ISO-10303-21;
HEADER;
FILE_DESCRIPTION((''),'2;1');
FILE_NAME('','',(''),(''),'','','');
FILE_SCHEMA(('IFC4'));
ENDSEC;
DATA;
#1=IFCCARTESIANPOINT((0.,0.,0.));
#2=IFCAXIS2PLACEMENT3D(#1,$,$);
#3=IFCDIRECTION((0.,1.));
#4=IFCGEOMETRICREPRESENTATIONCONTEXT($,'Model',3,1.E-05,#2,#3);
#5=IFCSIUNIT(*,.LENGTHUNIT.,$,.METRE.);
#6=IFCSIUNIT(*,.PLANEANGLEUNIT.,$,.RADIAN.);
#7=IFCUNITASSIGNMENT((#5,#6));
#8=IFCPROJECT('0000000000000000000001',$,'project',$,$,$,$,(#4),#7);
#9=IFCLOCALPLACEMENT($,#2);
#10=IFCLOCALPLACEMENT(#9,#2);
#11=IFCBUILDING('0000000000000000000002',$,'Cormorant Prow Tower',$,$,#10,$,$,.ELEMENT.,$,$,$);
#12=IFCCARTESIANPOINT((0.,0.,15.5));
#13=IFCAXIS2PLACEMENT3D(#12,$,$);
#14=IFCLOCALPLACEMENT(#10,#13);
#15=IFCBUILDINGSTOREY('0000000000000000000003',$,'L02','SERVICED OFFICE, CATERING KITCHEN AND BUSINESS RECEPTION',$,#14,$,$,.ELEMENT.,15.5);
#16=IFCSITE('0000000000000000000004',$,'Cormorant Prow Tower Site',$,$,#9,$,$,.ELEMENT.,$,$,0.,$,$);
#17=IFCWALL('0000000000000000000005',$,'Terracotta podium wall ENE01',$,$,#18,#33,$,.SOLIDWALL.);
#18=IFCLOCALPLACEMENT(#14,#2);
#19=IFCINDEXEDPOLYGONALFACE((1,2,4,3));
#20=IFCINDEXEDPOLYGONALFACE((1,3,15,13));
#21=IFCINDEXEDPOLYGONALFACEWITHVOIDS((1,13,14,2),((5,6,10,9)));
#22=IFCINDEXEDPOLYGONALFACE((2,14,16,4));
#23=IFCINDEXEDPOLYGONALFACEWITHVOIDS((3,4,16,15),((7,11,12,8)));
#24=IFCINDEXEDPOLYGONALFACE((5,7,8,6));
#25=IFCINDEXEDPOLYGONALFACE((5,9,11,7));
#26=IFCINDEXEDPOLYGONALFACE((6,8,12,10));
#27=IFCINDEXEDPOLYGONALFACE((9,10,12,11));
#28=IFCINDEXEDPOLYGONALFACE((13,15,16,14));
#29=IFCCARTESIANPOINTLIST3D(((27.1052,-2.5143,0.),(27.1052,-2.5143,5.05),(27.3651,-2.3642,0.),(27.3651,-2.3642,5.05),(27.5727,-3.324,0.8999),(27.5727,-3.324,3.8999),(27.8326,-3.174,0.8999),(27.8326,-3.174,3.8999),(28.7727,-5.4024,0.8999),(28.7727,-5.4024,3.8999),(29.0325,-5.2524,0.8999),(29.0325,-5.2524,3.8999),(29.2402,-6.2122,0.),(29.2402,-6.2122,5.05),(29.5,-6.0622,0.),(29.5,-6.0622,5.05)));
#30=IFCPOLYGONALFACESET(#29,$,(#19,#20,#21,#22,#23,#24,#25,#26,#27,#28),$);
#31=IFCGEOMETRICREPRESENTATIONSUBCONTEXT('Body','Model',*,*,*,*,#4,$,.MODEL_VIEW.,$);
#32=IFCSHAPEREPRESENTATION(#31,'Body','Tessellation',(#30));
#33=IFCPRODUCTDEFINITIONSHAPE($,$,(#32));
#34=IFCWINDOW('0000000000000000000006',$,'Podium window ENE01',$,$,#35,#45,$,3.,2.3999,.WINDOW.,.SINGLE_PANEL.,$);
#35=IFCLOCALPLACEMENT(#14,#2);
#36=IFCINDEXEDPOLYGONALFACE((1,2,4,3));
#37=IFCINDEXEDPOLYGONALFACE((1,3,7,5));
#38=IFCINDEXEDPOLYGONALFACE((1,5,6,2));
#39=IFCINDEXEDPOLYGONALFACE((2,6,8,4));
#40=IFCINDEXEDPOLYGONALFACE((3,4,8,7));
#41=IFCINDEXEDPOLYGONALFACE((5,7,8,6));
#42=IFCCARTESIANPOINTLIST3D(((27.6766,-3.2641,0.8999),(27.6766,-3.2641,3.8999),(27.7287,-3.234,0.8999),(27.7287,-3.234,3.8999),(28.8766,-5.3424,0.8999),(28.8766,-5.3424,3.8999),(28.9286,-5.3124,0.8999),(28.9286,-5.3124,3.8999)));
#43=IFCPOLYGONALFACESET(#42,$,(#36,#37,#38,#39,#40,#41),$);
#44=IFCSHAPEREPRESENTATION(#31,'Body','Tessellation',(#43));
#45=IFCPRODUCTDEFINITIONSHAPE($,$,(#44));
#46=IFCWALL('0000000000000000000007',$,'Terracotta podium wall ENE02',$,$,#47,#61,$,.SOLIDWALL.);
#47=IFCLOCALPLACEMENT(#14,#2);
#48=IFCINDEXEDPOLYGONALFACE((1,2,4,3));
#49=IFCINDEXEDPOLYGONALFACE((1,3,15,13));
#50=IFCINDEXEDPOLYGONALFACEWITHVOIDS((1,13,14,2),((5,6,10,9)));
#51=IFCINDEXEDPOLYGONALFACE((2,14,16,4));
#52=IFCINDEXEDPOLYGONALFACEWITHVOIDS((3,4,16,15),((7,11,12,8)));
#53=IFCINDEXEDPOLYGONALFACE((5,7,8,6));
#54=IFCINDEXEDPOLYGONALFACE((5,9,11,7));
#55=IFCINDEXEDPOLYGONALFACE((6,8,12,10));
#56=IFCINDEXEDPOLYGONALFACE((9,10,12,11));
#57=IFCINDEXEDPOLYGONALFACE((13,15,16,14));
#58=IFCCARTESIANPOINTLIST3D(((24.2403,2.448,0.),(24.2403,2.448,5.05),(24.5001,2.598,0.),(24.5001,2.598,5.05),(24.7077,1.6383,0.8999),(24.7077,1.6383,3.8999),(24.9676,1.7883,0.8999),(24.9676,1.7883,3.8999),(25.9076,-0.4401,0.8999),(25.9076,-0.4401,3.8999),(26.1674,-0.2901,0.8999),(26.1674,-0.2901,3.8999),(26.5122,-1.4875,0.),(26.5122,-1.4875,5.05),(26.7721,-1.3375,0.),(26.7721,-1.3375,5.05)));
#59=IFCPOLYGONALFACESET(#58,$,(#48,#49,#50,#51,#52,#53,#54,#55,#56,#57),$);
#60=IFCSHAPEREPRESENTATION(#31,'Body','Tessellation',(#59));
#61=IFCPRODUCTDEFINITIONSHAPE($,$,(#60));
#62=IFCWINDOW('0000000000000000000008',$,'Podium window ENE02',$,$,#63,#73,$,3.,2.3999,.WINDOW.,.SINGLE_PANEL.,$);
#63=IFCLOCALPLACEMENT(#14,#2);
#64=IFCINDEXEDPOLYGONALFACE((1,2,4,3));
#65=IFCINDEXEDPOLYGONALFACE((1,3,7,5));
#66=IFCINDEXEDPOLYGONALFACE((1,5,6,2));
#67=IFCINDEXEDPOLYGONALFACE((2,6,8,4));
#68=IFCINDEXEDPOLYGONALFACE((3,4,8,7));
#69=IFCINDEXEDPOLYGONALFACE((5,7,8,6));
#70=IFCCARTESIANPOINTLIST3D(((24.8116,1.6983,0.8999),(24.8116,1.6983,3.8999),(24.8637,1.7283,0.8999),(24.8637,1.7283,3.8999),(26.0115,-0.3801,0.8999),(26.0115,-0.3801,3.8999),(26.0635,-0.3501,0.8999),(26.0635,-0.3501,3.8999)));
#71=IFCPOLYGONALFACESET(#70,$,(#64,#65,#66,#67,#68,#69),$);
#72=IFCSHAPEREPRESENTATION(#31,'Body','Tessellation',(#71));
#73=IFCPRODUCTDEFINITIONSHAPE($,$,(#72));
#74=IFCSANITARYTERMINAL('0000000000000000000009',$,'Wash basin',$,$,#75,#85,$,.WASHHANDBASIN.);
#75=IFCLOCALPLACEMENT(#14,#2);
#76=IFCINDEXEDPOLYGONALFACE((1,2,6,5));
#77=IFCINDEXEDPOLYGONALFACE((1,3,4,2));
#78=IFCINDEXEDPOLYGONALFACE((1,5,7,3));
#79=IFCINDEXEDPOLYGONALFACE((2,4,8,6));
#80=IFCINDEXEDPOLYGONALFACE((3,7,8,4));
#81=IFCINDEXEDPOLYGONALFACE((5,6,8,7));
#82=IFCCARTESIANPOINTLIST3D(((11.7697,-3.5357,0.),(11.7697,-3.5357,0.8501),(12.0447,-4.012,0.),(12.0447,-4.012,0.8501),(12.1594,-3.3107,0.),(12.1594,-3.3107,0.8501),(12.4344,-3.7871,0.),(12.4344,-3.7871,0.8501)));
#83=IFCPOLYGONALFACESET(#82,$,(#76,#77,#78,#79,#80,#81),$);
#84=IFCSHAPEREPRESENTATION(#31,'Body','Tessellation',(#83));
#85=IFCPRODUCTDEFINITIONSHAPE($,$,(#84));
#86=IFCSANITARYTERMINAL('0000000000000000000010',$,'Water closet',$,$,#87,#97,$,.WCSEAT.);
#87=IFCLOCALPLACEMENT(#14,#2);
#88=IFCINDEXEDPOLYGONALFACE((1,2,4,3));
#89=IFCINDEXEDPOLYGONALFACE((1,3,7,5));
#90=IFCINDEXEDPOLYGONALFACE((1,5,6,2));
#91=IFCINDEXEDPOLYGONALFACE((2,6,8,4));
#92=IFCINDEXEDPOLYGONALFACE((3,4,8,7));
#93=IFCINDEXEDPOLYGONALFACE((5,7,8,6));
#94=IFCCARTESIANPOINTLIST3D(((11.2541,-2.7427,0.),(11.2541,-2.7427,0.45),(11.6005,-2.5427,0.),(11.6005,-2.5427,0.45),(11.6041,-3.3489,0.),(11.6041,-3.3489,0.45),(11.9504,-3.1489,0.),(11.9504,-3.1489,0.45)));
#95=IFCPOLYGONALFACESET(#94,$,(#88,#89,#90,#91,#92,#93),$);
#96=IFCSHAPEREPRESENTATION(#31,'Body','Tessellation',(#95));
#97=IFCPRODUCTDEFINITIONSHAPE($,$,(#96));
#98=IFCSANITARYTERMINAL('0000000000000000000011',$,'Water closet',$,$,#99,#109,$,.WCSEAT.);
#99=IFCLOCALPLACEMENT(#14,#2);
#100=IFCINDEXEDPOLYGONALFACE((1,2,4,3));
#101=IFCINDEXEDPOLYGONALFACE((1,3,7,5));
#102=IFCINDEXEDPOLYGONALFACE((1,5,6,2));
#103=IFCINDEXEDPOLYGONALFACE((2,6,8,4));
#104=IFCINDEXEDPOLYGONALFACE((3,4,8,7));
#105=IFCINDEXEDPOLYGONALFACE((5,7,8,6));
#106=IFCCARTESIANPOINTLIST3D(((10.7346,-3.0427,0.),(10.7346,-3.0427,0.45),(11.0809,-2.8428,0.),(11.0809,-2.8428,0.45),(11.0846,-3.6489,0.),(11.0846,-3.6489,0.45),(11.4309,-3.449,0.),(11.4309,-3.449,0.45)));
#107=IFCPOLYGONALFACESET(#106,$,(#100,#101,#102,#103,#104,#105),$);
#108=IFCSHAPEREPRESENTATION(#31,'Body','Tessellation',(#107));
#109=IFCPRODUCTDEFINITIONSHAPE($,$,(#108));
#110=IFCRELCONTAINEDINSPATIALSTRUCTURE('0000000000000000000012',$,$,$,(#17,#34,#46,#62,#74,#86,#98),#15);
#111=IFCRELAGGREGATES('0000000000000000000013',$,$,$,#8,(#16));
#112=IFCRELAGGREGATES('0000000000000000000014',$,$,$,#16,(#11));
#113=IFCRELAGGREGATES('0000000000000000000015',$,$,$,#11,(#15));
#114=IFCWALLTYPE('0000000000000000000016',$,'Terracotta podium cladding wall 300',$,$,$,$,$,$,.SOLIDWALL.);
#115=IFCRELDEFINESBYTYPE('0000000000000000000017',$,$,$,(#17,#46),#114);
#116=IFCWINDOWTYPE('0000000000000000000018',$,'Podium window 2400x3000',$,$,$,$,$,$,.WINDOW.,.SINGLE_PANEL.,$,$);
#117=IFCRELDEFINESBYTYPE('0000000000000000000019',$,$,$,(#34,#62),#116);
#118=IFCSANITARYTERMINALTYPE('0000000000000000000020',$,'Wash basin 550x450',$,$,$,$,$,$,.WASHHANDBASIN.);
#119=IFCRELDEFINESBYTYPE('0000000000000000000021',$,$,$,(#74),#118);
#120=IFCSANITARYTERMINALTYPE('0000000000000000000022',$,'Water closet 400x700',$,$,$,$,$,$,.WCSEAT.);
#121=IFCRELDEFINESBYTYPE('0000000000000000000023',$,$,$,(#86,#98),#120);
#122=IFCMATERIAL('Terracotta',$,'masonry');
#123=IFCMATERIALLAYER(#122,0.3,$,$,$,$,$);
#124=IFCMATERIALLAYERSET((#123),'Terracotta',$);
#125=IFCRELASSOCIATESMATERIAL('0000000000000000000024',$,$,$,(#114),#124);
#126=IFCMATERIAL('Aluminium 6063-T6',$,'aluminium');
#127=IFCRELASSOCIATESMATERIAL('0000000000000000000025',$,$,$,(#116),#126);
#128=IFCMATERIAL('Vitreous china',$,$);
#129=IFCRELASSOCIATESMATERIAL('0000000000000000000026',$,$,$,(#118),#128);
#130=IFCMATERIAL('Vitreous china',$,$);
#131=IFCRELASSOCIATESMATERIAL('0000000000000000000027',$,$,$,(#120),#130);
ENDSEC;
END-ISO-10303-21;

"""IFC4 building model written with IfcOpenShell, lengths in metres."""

from ifc_helpers import new_model, si_unit, direction, frame, frame_2d, origin, origin_2d, place, context, subcontext, project, spatial, rectangle, extrude, material, layer, layer_set, type_object, element, fill, save


model = new_model("IFC4")

# Units and contexts
model_context = context("Model", 3, precision=1e-05, world=origin(), true_north=direction((0.0, 1.0)))
body_context = subcontext(model_context, "Body", "Model", "MODEL_VIEW")
ifc_project = project(units=[si_unit("LENGTHUNIT", "METRE"), si_unit("PLANEANGLEUNIT", "RADIAN")], contexts=[model_context])

# Site, building, storey
site_placement = place(None, origin())
site = spatial("IfcSite", under=ifc_project, at=site_placement, Name="Cormorant Prow Tower Site", CompositionType="ELEMENT", RefElevation=0.0)
building_placement = place(site_placement, origin())
building = spatial("IfcBuilding", under=site, at=building_placement, Name="Cormorant Prow Tower", CompositionType="ELEMENT")
storey_placement = place(building_placement, frame((0.0, 0.0, 15.5)))
storey = spatial("IfcBuildingStorey", under=building, at=storey_placement, Name="L02", Description="SERVICED OFFICE, CATERING KITCHEN AND BUSINESS RECEPTION", CompositionType="ELEMENT", Elevation=15.5)

# Walls, openings, windows
ifc_material_1 = material(Name="Terracotta", Category="masonry")
ifc_layer_1 = layer(ifc_material_1, 0.3)
ifc_layer_set_1 = layer_set([ifc_layer_1], Name="Terracotta")
wall_type_1 = type_object("IfcWallType", Name="Terracotta podium cladding wall 300", PredefinedType="SOLIDWALL", material=ifc_layer_set_1)
wall_1_placement = place(storey_placement, frame((29.3701, -6.1372, 0.0), z_axis=(0.0, 0.0, 1.0), x_axis=(-0.499995, 0.866028, 0.0)))
wall_1 = element("IfcWall", 1, at=wall_1_placement, inside=storey, type_object=wall_type_1, Name="Terracotta podium wall ENE01", PredefinedType="SOLIDWALL", context=body_context, shape_type="SweptSolid", body=[
    extrude(rectangle(XDim=4.27, YDim=0.3, at=frame_2d((2.135, 0.0))), origin(), (0.0, 0.0, 1.0), 5.05),
])
opening_1_placement = place(wall_1_placement, frame((0.9351, 0.0, 0.8999)))
opening_1 = element("IfcOpeningElement", 2, at=opening_1_placement, cuts=wall_1, PredefinedType="OPENING", context=body_context, shape_type="SweptSolid", body=[
    extrude(rectangle(XDim=2.3999, YDim=3.0, at=frame_2d((1.2, 1.5))), frame((0.0, 0.1599, 0.0), z_axis=(0.0, -1.0, 0.0), x_axis=(1.0, 0.0, 0.0)), (0.0, 0.0, 1.0), 0.3201),
])
ifc_material_2 = material(Name="Aluminium 6063-T6", Category="aluminium")
window_type = type_object("IfcWindowType", Name="Podium window 2400x3000", PartitioningType="SINGLE_PANEL", PredefinedType="WINDOW", material=ifc_material_2)
window_1_placement = place(opening_1_placement, origin())
window_1 = element("IfcWindow", 3, at=window_1_placement, inside=storey, type_object=window_type, Name="Podium window ENE01", OverallHeight=3.0, OverallWidth=2.3999, PartitioningType="SINGLE_PANEL", PredefinedType="WINDOW", context=body_context, shape_type="SweptSolid", body=[
    extrude(rectangle(XDim=2.3999, YDim=3.0, at=frame_2d((1.2, 1.5))), frame((0.0, 0.03, 0.0), z_axis=(0.0, -1.0, 0.0), x_axis=(1.0, 0.0, 0.0)), (0.0, 0.0, 1.0), 0.0601),
])
fill(opening_1, window_1)
wall_2_placement = place(storey_placement, frame((26.6421, -1.4124, 0.0), z_axis=(0.0, 0.0, 1.0), x_axis=(-0.499964, 0.866046, 0.0)))
wall_2 = element("IfcWall", 4, at=wall_2_placement, inside=storey, type_object=wall_type_1, Name="Terracotta podium wall ENE02", PredefinedType="SOLIDWALL", context=body_context, shape_type="SweptSolid", body=[
    extrude(rectangle(XDim=4.5442, YDim=0.3, at=frame_2d((2.272, 0.0))), origin(), (0.0, 0.0, 1.0), 5.05),
])
opening_2_placement = place(wall_2_placement, frame((1.2092, 0.0, 0.8999)))
opening_2 = element("IfcOpeningElement", 5, at=opening_2_placement, cuts=wall_2, PredefinedType="OPENING", context=body_context, shape_type="SweptSolid", body=[
    extrude(rectangle(XDim=2.3999, YDim=3.0, at=frame_2d((1.2, 1.5))), frame((0.0, 0.1599, 0.0), z_axis=(0.0, -1.0, 0.0), x_axis=(1.0, 0.0, 0.0)), (0.0, 0.0, 1.0), 0.3201),
])
window_2_placement = place(opening_2_placement, origin())
window_2 = element("IfcWindow", 6, at=window_2_placement, inside=storey, type_object=window_type, Name="Podium window ENE02", OverallHeight=3.0, OverallWidth=2.3999, PartitioningType="SINGLE_PANEL", PredefinedType="WINDOW", context=body_context, shape_type="SweptSolid", body=[
    extrude(rectangle(XDim=2.3999, YDim=3.0, at=frame_2d((1.2, 1.5))), frame((0.0, 0.03, 0.0), z_axis=(0.0, -1.0, 0.0), x_axis=(1.0, 0.0, 0.0)), (0.0, 0.0, 1.0), 0.0601),
])
fill(opening_2, window_2)

# Sanitary terminals
ifc_material_3 = material(Name="Vitreous china")
sanitary_terminal_type_1 = type_object("IfcSanitaryTerminalType", Name="Wash basin 550x450", PredefinedType="WASHHANDBASIN", material=ifc_material_3)
sanitary_terminal_placement = place(storey_placement, frame((12.1021, -3.6614, 0.0), z_axis=(0.0, 0.0, 1.0), x_axis=(-0.5, 0.866025, 0.0)))
element("IfcSanitaryTerminal", 7, at=sanitary_terminal_placement, inside=storey, type_object=sanitary_terminal_type_1, Name="Wash basin", PredefinedType="WASHHANDBASIN", context=body_context, shape_type="SweptSolid", body=[
    extrude(rectangle(XDim=0.55, YDim=0.45, at=origin_2d()), origin(), (0.0, 0.0, 1.0), 0.8501),
])
ifc_material_4 = material(Name="Vitreous china")
sanitary_terminal_type_2 = type_object("IfcSanitaryTerminalType", Name="Water closet 400x700", PredefinedType="WCSEAT", material=ifc_material_4)
for number, where, z_axis, x_axis, name in (
    (8, (11.6023, -2.9458, 0.0), (0.0, 0.0, 1.0), (-0.866034, -0.499985, 0.0), "Water closet"),
    (9, (11.0828, -3.2458, 0.0), (0.0, 0.0, 1.0), (-0.866034, -0.499985, 0.0), "Water closet"),
):
    element("IfcSanitaryTerminal", number, at=place(storey_placement, frame(where, z_axis=z_axis, x_axis=x_axis)), inside=storey, type_object=sanitary_terminal_type_2, Name=name, PredefinedType="WCSEAT", context=body_context, shape_type="SweptSolid", body=[
        extrude(rectangle(XDim=0.3999, YDim=0.7, at=origin_2d()), origin(), (0.0, 0.0, 1.0), 0.45),
    ])

save(model, "model.ifc")
